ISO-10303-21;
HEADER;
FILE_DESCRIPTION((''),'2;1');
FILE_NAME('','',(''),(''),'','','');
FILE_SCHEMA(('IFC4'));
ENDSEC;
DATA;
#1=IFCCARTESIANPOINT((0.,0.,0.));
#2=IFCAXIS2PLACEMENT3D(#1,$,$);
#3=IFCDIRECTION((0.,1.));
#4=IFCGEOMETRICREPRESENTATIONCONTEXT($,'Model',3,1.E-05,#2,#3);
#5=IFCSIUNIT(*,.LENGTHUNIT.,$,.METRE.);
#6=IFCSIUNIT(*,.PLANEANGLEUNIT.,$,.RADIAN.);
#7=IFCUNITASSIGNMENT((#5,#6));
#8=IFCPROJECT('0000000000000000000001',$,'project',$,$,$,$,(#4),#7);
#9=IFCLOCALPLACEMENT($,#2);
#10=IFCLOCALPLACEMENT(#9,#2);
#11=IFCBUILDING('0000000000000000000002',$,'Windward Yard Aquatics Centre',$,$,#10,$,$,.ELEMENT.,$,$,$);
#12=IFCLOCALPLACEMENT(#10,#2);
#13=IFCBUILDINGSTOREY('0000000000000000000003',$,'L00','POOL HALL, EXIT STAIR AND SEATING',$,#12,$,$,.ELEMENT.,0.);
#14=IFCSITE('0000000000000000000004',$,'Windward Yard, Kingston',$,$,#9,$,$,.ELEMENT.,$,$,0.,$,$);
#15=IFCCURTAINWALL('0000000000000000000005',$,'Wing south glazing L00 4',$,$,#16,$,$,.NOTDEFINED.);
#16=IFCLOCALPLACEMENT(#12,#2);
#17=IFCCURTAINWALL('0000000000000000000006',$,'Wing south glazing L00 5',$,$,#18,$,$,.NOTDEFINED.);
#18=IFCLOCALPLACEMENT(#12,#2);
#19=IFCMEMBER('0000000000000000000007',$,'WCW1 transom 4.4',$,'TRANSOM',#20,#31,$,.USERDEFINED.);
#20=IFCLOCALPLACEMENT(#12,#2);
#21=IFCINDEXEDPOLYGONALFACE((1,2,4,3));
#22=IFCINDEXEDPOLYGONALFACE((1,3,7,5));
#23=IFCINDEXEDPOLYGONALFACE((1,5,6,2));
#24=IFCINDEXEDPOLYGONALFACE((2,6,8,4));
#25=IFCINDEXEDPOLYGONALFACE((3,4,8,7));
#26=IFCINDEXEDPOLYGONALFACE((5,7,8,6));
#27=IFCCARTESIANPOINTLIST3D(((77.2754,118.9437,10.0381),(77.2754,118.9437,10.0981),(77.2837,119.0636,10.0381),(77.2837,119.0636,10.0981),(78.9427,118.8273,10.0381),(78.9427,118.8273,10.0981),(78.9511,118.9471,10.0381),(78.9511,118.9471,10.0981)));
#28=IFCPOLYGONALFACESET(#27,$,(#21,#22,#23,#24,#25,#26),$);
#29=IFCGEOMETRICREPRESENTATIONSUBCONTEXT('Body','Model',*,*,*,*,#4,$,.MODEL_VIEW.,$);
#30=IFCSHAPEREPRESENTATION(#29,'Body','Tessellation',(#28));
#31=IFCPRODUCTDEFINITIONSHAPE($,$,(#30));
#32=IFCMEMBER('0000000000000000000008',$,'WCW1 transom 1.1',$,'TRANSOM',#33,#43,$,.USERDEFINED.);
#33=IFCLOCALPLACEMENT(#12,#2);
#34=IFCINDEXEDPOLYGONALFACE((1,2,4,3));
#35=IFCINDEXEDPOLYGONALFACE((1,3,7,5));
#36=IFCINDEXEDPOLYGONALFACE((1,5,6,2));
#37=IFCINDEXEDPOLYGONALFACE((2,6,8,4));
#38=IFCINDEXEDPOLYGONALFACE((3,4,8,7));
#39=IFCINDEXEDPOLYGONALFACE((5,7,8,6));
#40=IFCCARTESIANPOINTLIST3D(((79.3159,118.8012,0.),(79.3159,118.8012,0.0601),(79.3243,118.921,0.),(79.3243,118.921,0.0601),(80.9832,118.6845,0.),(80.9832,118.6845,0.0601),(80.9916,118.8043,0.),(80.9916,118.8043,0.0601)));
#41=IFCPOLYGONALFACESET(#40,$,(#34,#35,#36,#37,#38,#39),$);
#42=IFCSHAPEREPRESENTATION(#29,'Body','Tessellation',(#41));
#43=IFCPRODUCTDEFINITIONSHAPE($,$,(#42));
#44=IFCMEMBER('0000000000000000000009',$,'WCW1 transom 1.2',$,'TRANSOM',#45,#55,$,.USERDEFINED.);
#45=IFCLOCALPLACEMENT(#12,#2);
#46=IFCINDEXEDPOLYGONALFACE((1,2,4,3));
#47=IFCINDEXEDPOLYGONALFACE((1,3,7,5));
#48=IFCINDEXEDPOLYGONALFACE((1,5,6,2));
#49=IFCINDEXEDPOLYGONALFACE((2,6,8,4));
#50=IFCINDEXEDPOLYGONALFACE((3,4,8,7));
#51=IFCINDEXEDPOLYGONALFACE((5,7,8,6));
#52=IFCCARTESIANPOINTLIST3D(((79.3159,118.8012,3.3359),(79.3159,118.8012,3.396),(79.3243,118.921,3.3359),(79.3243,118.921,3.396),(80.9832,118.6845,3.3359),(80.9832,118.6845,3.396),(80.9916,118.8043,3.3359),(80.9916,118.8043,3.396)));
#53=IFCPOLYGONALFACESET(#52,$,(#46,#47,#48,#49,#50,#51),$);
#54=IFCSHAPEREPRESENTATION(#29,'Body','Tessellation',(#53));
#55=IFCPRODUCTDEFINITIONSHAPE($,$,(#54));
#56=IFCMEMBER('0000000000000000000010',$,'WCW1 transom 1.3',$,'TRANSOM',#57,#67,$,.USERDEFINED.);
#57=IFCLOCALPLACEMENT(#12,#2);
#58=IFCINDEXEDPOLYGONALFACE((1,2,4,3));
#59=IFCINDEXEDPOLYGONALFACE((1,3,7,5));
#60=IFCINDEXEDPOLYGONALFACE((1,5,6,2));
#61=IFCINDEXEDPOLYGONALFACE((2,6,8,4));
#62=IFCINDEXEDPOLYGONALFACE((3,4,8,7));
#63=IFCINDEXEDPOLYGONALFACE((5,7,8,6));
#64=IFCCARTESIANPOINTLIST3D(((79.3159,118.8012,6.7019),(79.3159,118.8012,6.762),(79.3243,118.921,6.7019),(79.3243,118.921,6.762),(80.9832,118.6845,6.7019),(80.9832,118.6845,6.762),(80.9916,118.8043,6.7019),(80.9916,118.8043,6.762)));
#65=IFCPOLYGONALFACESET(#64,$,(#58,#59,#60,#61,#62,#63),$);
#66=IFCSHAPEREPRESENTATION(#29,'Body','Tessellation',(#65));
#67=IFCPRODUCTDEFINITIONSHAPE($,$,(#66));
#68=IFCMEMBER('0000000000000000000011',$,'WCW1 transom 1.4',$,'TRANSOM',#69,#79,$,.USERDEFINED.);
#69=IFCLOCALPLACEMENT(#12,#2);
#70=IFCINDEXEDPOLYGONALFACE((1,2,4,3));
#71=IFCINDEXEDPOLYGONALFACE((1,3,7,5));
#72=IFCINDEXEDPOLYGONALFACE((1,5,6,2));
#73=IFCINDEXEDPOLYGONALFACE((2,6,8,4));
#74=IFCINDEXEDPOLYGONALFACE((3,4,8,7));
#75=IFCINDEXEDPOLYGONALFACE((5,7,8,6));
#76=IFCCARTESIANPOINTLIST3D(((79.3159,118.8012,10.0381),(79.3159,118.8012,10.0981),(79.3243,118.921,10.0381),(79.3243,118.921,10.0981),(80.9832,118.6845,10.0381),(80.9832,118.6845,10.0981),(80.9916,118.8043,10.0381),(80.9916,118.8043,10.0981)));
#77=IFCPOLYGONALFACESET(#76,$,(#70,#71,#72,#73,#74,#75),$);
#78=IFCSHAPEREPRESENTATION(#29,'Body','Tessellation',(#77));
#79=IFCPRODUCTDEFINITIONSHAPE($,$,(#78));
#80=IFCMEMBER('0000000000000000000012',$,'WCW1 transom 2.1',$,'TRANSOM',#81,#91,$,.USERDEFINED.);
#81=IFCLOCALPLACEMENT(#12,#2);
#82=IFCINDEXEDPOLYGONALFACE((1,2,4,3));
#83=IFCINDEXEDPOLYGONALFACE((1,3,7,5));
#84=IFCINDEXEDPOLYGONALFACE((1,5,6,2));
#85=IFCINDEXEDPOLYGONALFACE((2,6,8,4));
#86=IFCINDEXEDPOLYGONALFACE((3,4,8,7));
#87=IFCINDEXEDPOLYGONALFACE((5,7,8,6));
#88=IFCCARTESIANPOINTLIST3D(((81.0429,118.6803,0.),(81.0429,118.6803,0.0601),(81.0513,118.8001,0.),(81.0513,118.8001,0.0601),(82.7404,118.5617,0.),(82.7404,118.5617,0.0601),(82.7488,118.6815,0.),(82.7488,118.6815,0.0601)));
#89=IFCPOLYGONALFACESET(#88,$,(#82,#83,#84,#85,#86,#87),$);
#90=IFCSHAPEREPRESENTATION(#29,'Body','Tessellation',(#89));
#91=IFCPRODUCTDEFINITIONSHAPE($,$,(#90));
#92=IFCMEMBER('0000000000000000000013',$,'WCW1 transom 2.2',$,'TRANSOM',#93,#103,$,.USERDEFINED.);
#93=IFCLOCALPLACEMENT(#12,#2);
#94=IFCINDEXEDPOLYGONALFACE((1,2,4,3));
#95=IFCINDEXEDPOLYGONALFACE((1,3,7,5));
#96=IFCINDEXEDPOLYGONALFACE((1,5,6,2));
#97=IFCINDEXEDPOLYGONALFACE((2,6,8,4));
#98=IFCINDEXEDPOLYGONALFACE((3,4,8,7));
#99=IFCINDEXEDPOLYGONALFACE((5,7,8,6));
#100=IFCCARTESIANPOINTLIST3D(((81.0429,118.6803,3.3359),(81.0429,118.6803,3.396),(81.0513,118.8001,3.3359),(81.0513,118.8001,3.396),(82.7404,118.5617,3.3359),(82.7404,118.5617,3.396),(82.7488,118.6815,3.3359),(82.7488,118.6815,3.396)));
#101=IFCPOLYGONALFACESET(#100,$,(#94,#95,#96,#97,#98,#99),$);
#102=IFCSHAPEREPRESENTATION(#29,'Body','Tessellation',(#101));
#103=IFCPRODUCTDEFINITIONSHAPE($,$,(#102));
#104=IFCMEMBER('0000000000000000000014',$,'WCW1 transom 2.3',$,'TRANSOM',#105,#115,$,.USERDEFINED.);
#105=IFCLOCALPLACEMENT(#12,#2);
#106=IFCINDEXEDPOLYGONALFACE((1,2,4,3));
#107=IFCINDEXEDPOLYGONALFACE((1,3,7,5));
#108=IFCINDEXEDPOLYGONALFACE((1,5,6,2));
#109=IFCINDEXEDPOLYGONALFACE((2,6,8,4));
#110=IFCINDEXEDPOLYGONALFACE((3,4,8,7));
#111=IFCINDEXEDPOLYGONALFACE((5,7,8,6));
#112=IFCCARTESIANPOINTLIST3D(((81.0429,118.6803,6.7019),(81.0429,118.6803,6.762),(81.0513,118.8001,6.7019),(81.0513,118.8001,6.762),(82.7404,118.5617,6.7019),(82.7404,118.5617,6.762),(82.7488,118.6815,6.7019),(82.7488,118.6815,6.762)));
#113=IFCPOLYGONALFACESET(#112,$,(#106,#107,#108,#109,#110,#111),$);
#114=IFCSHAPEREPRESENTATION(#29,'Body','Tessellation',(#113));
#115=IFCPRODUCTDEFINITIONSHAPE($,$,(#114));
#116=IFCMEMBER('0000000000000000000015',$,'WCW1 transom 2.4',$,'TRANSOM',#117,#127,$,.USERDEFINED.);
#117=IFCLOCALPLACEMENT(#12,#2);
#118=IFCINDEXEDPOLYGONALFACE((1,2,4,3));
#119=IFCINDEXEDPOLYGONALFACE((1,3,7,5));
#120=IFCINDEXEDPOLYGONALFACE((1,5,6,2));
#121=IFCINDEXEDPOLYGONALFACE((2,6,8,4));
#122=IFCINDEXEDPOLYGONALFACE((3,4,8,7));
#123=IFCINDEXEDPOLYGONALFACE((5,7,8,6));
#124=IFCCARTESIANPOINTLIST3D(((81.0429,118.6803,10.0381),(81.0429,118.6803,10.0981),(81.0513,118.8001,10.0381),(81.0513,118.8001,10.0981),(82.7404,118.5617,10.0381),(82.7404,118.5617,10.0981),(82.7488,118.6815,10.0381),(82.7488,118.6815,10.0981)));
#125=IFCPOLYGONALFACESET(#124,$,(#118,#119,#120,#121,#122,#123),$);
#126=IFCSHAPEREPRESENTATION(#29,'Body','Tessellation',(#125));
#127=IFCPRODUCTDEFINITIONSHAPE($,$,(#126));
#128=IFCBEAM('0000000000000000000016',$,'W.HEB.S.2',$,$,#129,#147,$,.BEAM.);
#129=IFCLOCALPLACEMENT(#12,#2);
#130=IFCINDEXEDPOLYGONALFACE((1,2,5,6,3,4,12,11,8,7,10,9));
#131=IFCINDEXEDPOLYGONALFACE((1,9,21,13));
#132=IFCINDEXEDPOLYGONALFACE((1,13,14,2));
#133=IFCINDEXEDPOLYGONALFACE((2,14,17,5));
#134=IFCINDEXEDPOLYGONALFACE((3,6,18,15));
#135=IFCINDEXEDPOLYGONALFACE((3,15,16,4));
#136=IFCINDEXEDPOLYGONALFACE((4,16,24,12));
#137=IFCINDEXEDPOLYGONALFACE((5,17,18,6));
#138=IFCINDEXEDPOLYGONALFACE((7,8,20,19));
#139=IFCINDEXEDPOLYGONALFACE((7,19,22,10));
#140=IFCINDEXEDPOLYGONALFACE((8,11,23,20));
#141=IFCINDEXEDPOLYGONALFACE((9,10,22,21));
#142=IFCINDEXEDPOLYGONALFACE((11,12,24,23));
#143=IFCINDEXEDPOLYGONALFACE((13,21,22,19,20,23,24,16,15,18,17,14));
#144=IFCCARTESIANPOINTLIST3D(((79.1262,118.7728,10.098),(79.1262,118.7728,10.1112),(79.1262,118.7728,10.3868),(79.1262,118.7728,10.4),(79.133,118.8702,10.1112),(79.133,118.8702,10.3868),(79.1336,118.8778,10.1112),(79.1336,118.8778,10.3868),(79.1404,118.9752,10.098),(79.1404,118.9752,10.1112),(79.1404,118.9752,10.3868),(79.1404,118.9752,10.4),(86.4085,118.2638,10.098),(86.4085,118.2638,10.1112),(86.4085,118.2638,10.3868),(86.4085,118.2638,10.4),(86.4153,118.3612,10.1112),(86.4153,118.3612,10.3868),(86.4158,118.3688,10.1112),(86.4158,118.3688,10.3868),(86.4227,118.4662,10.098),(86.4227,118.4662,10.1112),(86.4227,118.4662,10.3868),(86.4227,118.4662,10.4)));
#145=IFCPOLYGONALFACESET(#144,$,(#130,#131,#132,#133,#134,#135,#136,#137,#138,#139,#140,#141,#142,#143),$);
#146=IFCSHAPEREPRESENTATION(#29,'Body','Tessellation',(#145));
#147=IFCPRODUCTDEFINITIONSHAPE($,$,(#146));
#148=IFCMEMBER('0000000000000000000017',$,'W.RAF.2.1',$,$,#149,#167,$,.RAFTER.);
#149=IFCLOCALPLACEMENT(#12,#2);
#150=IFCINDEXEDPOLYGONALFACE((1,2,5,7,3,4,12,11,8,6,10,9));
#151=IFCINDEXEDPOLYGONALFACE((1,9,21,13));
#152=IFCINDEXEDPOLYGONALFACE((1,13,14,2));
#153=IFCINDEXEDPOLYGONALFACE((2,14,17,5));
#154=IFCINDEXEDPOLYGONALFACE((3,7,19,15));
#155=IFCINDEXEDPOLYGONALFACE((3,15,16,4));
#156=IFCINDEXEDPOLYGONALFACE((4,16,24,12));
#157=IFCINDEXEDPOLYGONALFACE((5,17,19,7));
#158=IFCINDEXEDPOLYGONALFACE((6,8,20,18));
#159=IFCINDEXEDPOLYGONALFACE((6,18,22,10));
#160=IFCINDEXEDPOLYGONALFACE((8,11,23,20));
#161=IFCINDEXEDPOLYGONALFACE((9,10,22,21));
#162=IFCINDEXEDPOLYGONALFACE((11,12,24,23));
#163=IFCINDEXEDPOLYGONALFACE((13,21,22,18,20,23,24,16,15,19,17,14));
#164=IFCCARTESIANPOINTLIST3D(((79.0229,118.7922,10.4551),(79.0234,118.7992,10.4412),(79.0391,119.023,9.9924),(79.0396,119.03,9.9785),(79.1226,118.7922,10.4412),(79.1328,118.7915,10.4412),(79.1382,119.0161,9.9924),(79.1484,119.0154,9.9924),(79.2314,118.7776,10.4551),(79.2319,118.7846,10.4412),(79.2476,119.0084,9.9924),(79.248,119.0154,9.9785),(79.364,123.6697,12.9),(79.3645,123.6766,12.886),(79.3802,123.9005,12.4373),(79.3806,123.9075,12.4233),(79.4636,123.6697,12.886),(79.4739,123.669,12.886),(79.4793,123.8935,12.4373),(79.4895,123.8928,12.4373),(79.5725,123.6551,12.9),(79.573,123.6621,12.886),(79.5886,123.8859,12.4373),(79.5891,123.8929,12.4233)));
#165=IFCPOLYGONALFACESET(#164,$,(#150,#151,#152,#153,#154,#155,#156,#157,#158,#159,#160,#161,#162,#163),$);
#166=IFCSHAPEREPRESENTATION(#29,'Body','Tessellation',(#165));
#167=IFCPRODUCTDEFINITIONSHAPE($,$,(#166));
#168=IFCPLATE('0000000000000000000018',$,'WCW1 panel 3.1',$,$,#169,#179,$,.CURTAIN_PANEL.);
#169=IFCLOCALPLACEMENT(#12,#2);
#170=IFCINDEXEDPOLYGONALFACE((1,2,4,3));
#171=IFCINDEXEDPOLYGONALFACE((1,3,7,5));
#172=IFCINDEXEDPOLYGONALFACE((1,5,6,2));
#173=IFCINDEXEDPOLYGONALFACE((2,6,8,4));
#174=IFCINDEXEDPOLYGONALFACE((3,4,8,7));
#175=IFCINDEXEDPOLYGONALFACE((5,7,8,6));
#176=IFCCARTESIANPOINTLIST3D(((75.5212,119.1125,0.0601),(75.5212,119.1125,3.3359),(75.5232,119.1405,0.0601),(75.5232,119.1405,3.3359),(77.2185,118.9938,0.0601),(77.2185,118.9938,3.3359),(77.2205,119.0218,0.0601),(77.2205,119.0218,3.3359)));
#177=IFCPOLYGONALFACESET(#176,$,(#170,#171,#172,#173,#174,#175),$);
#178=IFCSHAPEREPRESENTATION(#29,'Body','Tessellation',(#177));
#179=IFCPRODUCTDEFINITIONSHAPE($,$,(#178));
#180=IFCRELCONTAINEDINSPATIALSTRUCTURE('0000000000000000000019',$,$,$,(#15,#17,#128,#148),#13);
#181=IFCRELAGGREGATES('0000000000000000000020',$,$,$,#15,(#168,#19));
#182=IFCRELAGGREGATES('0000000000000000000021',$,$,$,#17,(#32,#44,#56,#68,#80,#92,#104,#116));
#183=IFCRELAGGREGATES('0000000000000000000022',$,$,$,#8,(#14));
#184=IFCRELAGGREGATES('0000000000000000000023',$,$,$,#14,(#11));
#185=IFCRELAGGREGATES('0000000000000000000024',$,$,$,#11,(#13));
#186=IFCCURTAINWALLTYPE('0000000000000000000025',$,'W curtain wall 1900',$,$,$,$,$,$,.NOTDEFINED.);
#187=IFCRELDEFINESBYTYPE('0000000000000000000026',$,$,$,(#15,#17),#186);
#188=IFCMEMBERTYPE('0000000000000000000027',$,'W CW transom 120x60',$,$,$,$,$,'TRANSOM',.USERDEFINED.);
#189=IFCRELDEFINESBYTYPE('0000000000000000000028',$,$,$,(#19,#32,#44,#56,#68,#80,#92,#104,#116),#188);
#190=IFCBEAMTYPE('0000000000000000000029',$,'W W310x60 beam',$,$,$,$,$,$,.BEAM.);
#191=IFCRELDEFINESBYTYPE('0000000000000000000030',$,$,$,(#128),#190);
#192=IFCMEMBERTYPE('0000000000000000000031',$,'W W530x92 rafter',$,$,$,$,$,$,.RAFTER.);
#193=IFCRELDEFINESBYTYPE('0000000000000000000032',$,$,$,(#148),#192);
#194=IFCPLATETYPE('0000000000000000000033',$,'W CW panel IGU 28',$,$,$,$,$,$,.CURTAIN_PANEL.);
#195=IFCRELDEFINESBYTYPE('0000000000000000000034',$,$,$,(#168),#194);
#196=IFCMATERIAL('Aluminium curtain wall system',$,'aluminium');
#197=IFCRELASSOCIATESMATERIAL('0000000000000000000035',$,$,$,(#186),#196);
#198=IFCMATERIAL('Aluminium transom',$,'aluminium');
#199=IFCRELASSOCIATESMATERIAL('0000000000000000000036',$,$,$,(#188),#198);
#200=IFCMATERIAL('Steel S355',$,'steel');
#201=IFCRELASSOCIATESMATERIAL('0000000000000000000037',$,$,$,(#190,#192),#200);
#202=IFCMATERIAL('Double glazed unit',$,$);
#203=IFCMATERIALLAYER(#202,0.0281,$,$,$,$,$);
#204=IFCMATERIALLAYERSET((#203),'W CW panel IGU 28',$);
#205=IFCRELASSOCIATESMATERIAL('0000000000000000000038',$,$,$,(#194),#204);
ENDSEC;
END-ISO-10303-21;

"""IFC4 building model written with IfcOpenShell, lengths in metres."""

from ifc_helpers import new_model, si_unit, direction, frame, origin, origin_2d, place, context, subcontext, project, spatial, rectangle, i_section, extrude, material, layer, layer_set, material_profile, profile_set, type_object, element, aggregate, save


model = new_model("IFC4")

# Units and contexts
model_context = context("Model", 3, precision=1e-05, world=origin(), true_north=direction((0.0, 1.0)))
body_context = subcontext(model_context, "Body", "Model", "MODEL_VIEW")
ifc_project = project(units=[si_unit("LENGTHUNIT", "METRE"), si_unit("PLANEANGLEUNIT", "RADIAN")], contexts=[model_context])

# Site, building, storey
site_placement = place(None, origin())
site = spatial("IfcSite", under=ifc_project, at=site_placement, Name="Windward Yard, Kingston", CompositionType="ELEMENT", RefElevation=0.0)
building_placement = place(site_placement, origin())
building = spatial("IfcBuilding", under=site, at=building_placement, Name="Windward Yard Aquatics Centre", CompositionType="ELEMENT")
storey_placement = place(building_placement, origin())
storey = spatial("IfcBuildingStorey", under=building, at=storey_placement, Name="L00", Description="POOL HALL, EXIT STAIR AND SEATING", CompositionType="ELEMENT", Elevation=0.0)

# Shared definitions
ifc_material_1 = material(Name="Steel S355", Category="steel")

# Curtain walls
ifc_material_2 = material(Name="Aluminium curtain wall system", Category="aluminium")
curtain_wall_type = type_object("IfcCurtainWallType", Name="W curtain wall 1900", PredefinedType="NOTDEFINED", material=ifc_material_2)
curtain_wall_1_placement = place(storey_placement, origin())
curtain_wall_1 = element("IfcCurtainWall", 1, at=curtain_wall_1_placement, inside=storey, type_object=curtain_wall_type, Name="Wing south glazing L00 4", PredefinedType="NOTDEFINED")
curtain_wall_2_placement = place(storey_placement, origin())
curtain_wall_2 = element("IfcCurtainWall", 2, at=curtain_wall_2_placement, inside=storey, type_object=curtain_wall_type, Name="Wing south glazing L00 5", PredefinedType="NOTDEFINED")

# Members
ifc_material_3 = material(Name="Aluminium transom", Category="aluminium")
ifc_material_profile_1 = material_profile(ifc_material_3, rectangle(XDim=0.1201, YDim=0.0601, at=origin_2d()), Name="AL 120x60")
ifc_profile_set_1 = profile_set([ifc_material_profile_1], Name="Aluminium transom")
member_type_1 = type_object("IfcMemberType", Name="W CW transom 120x60", ElementType="TRANSOM", PredefinedType="USERDEFINED", material=ifc_profile_set_1)
member_1_placement = place(storey_placement, frame((77.2795, 119.0037, 10.0681), z_axis=(0.997569, -0.069679, 0.0), x_axis=(0.069679, 0.997569, 0.0)))
member_1 = element("IfcMember", 3, at=member_1_placement, type_object=member_type_1, Name="WCW1 transom 4.4", ObjectType="TRANSOM", PredefinedType="USERDEFINED", context=body_context, shape_type="SweptSolid", body=[
    extrude(rectangle(XDim=0.1201, YDim=0.0601, at=origin_2d()), origin(), (0.0, 0.0, 1.0), 1.6714),
])
member_2_placement = place(storey_placement, frame((79.3201, 118.8611, 0.03), z_axis=(0.997559, -0.069825, 0.0), x_axis=(0.069825, 0.997559, 0.0)))
member_2 = element("IfcMember", 4, at=member_2_placement, type_object=member_type_1, Name="WCW1 transom 1.1", ObjectType="TRANSOM", PredefinedType="USERDEFINED", context=body_context, shape_type="SweptSolid", body=[
    extrude(rectangle(XDim=0.1201, YDim=0.0601, at=origin_2d()), origin(), (0.0, 0.0, 1.0), 1.6714),
])
member_3_placement = place(storey_placement, frame((79.3201, 118.8611, 3.366), z_axis=(0.997559, -0.069825, 0.0), x_axis=(0.069825, 0.997559, 0.0)))
member_3 = element("IfcMember", 5, at=member_3_placement, type_object=member_type_1, Name="WCW1 transom 1.2", ObjectType="TRANSOM", PredefinedType="USERDEFINED", context=body_context, shape_type="SweptSolid", body=[
    extrude(rectangle(XDim=0.1201, YDim=0.0601, at=origin_2d()), origin(), (0.0, 0.0, 1.0), 1.6714),
])
member_4_placement = place(storey_placement, frame((79.3201, 118.8611, 6.7319), z_axis=(0.997559, -0.069825, 0.0), x_axis=(0.069825, 0.997559, 0.0)))
member_4 = element("IfcMember", 6, at=member_4_placement, type_object=member_type_1, Name="WCW1 transom 1.3", ObjectType="TRANSOM", PredefinedType="USERDEFINED", context=body_context, shape_type="SweptSolid", body=[
    extrude(rectangle(XDim=0.1201, YDim=0.0601, at=origin_2d()), origin(), (0.0, 0.0, 1.0), 1.6714),
])
member_5_placement = place(storey_placement, frame((79.3201, 118.8611, 10.0681), z_axis=(0.997559, -0.069825, 0.0), x_axis=(0.069825, 0.997559, 0.0)))
member_5 = element("IfcMember", 7, at=member_5_placement, type_object=member_type_1, Name="WCW1 transom 1.4", ObjectType="TRANSOM", PredefinedType="USERDEFINED", context=body_context, shape_type="SweptSolid", body=[
    extrude(rectangle(XDim=0.1201, YDim=0.0601, at=origin_2d()), origin(), (0.0, 0.0, 1.0), 1.6714),
])
member_6_placement = place(storey_placement, frame((81.0471, 118.7402, 0.03), z_axis=(0.997566, -0.069728, 0.0), x_axis=(0.069728, 0.997566, 0.0)))
member_6 = element("IfcMember", 8, at=member_6_placement, type_object=member_type_1, Name="WCW1 transom 2.1", ObjectType="TRANSOM", PredefinedType="USERDEFINED", context=body_context, shape_type="SweptSolid", body=[
    extrude(rectangle(XDim=0.1201, YDim=0.0601, at=origin_2d()), origin(), (0.0, 0.0, 1.0), 1.7017),
])
member_7_placement = place(storey_placement, frame((81.0471, 118.7402, 3.366), z_axis=(0.997566, -0.069728, 0.0), x_axis=(0.069728, 0.997566, 0.0)))
member_7 = element("IfcMember", 9, at=member_7_placement, type_object=member_type_1, Name="WCW1 transom 2.2", ObjectType="TRANSOM", PredefinedType="USERDEFINED", context=body_context, shape_type="SweptSolid", body=[
    extrude(rectangle(XDim=0.1201, YDim=0.0601, at=origin_2d()), origin(), (0.0, 0.0, 1.0), 1.7017),
])
member_8_placement = place(storey_placement, frame((81.0471, 118.7402, 6.7319), z_axis=(0.997566, -0.069728, 0.0), x_axis=(0.069728, 0.997566, 0.0)))
member_8 = element("IfcMember", 10, at=member_8_placement, type_object=member_type_1, Name="WCW1 transom 2.3", ObjectType="TRANSOM", PredefinedType="USERDEFINED", context=body_context, shape_type="SweptSolid", body=[
    extrude(rectangle(XDim=0.1201, YDim=0.0601, at=origin_2d()), origin(), (0.0, 0.0, 1.0), 1.7017),
])
member_9_placement = place(storey_placement, frame((81.0471, 118.7402, 10.0681), z_axis=(0.997566, -0.069728, 0.0), x_axis=(0.069728, 0.997566, 0.0)))
member_9 = element("IfcMember", 11, at=member_9_placement, type_object=member_type_1, Name="WCW1 transom 2.4", ObjectType="TRANSOM", PredefinedType="USERDEFINED", context=body_context, shape_type="SweptSolid", body=[
    extrude(rectangle(XDim=0.1201, YDim=0.0601, at=origin_2d()), origin(), (0.0, 0.0, 1.0), 1.7017),
])

# Beam
ifc_material_profile_2 = material_profile(ifc_material_1, i_section(OverallWidth=0.2029, OverallDepth=0.302, WebThickness=0.0076, FlangeThickness=0.0132, at=origin_2d()), Name="W310x60")
ifc_profile_set_2 = profile_set([ifc_material_profile_2], Name="Steel S355")
beam_type = type_object("IfcBeamType", Name="W W310x60 beam", PredefinedType="BEAM", material=ifc_profile_set_2)
beam_placement = place(storey_placement, frame((79.1333, 118.874, 10.249), z_axis=(0.997566, -0.069731, 0.0), x_axis=(0.069731, 0.997566, 0.0)))
element("IfcBeam", 12, at=beam_placement, inside=storey, type_object=beam_type, Name="W.HEB.S.2", PredefinedType="BEAM", context=body_context, shape_type="SweptSolid", body=[
    extrude(i_section(OverallWidth=0.2029, OverallDepth=0.302, WebThickness=0.0076, FlangeThickness=0.0132, at=origin_2d()), origin(), (0.0, 0.0, 1.0), 7.3),
])

# Member
ifc_material_profile_3 = material_profile(ifc_material_1, i_section(OverallWidth=0.209, OverallDepth=0.533, WebThickness=0.0103, FlangeThickness=0.0156, at=origin_2d()), Name="W530x92")
ifc_profile_set_3 = profile_set([ifc_material_profile_3], Name="Steel S355")
member_type_2 = type_object("IfcMemberType", Name="W W530x92 rafter", PredefinedType="RAFTER", material=ifc_profile_set_3)
member_10_placement = place(storey_placement, frame((79.1355, 118.9038, 10.2168), z_axis=(0.062391, 0.892238, 0.447235), x_axis=(-0.997564, 0.069757, 0.0)))
element("IfcMember", 13, at=member_10_placement, inside=storey, type_object=member_type_2, Name="W.RAF.2.1", PredefinedType="RAFTER", context=body_context, shape_type="SweptSolid", body=[
    extrude(i_section(OverallWidth=0.209, OverallDepth=0.533, WebThickness=0.0103, FlangeThickness=0.0156, at=origin_2d()), origin(), (0.0, 0.0, 1.0), 5.4666),
])

# Plate
ifc_material_4 = material(Name="Double glazed unit")
ifc_layer_1 = layer(ifc_material_4, 0.0281)
ifc_layer_set_1 = layer_set([ifc_layer_1], Name="W CW panel IGU 28")
plate_type_1 = type_object("IfcPlateType", Name="W CW panel IGU 28", PredefinedType="CURTAIN_PANEL", material=ifc_layer_set_1)
plate_1_placement = place(storey_placement, frame((76.3708, 119.0671, 0.0601), z_axis=(0.0, 0.0, 1.0), x_axis=(0.997564, -0.069756, 0.0)))
plate_1 = element("IfcPlate", 14, at=plate_1_placement, type_object=plate_type_1, Name="WCW1 panel 3.1", PredefinedType="CURTAIN_PANEL", context=body_context, shape_type="SweptSolid", body=[
    extrude(rectangle(XDim=1.7014, YDim=0.0281, at=origin_2d()), origin(), (0.0, 0.0, 1.0), 3.2759),
])
aggregate(curtain_wall_1, [plate_1, member_1])
aggregate(curtain_wall_2, [member_2, member_3, member_4, member_5, member_6, member_7, member_8, member_9])

save(model, "model.ifc")
